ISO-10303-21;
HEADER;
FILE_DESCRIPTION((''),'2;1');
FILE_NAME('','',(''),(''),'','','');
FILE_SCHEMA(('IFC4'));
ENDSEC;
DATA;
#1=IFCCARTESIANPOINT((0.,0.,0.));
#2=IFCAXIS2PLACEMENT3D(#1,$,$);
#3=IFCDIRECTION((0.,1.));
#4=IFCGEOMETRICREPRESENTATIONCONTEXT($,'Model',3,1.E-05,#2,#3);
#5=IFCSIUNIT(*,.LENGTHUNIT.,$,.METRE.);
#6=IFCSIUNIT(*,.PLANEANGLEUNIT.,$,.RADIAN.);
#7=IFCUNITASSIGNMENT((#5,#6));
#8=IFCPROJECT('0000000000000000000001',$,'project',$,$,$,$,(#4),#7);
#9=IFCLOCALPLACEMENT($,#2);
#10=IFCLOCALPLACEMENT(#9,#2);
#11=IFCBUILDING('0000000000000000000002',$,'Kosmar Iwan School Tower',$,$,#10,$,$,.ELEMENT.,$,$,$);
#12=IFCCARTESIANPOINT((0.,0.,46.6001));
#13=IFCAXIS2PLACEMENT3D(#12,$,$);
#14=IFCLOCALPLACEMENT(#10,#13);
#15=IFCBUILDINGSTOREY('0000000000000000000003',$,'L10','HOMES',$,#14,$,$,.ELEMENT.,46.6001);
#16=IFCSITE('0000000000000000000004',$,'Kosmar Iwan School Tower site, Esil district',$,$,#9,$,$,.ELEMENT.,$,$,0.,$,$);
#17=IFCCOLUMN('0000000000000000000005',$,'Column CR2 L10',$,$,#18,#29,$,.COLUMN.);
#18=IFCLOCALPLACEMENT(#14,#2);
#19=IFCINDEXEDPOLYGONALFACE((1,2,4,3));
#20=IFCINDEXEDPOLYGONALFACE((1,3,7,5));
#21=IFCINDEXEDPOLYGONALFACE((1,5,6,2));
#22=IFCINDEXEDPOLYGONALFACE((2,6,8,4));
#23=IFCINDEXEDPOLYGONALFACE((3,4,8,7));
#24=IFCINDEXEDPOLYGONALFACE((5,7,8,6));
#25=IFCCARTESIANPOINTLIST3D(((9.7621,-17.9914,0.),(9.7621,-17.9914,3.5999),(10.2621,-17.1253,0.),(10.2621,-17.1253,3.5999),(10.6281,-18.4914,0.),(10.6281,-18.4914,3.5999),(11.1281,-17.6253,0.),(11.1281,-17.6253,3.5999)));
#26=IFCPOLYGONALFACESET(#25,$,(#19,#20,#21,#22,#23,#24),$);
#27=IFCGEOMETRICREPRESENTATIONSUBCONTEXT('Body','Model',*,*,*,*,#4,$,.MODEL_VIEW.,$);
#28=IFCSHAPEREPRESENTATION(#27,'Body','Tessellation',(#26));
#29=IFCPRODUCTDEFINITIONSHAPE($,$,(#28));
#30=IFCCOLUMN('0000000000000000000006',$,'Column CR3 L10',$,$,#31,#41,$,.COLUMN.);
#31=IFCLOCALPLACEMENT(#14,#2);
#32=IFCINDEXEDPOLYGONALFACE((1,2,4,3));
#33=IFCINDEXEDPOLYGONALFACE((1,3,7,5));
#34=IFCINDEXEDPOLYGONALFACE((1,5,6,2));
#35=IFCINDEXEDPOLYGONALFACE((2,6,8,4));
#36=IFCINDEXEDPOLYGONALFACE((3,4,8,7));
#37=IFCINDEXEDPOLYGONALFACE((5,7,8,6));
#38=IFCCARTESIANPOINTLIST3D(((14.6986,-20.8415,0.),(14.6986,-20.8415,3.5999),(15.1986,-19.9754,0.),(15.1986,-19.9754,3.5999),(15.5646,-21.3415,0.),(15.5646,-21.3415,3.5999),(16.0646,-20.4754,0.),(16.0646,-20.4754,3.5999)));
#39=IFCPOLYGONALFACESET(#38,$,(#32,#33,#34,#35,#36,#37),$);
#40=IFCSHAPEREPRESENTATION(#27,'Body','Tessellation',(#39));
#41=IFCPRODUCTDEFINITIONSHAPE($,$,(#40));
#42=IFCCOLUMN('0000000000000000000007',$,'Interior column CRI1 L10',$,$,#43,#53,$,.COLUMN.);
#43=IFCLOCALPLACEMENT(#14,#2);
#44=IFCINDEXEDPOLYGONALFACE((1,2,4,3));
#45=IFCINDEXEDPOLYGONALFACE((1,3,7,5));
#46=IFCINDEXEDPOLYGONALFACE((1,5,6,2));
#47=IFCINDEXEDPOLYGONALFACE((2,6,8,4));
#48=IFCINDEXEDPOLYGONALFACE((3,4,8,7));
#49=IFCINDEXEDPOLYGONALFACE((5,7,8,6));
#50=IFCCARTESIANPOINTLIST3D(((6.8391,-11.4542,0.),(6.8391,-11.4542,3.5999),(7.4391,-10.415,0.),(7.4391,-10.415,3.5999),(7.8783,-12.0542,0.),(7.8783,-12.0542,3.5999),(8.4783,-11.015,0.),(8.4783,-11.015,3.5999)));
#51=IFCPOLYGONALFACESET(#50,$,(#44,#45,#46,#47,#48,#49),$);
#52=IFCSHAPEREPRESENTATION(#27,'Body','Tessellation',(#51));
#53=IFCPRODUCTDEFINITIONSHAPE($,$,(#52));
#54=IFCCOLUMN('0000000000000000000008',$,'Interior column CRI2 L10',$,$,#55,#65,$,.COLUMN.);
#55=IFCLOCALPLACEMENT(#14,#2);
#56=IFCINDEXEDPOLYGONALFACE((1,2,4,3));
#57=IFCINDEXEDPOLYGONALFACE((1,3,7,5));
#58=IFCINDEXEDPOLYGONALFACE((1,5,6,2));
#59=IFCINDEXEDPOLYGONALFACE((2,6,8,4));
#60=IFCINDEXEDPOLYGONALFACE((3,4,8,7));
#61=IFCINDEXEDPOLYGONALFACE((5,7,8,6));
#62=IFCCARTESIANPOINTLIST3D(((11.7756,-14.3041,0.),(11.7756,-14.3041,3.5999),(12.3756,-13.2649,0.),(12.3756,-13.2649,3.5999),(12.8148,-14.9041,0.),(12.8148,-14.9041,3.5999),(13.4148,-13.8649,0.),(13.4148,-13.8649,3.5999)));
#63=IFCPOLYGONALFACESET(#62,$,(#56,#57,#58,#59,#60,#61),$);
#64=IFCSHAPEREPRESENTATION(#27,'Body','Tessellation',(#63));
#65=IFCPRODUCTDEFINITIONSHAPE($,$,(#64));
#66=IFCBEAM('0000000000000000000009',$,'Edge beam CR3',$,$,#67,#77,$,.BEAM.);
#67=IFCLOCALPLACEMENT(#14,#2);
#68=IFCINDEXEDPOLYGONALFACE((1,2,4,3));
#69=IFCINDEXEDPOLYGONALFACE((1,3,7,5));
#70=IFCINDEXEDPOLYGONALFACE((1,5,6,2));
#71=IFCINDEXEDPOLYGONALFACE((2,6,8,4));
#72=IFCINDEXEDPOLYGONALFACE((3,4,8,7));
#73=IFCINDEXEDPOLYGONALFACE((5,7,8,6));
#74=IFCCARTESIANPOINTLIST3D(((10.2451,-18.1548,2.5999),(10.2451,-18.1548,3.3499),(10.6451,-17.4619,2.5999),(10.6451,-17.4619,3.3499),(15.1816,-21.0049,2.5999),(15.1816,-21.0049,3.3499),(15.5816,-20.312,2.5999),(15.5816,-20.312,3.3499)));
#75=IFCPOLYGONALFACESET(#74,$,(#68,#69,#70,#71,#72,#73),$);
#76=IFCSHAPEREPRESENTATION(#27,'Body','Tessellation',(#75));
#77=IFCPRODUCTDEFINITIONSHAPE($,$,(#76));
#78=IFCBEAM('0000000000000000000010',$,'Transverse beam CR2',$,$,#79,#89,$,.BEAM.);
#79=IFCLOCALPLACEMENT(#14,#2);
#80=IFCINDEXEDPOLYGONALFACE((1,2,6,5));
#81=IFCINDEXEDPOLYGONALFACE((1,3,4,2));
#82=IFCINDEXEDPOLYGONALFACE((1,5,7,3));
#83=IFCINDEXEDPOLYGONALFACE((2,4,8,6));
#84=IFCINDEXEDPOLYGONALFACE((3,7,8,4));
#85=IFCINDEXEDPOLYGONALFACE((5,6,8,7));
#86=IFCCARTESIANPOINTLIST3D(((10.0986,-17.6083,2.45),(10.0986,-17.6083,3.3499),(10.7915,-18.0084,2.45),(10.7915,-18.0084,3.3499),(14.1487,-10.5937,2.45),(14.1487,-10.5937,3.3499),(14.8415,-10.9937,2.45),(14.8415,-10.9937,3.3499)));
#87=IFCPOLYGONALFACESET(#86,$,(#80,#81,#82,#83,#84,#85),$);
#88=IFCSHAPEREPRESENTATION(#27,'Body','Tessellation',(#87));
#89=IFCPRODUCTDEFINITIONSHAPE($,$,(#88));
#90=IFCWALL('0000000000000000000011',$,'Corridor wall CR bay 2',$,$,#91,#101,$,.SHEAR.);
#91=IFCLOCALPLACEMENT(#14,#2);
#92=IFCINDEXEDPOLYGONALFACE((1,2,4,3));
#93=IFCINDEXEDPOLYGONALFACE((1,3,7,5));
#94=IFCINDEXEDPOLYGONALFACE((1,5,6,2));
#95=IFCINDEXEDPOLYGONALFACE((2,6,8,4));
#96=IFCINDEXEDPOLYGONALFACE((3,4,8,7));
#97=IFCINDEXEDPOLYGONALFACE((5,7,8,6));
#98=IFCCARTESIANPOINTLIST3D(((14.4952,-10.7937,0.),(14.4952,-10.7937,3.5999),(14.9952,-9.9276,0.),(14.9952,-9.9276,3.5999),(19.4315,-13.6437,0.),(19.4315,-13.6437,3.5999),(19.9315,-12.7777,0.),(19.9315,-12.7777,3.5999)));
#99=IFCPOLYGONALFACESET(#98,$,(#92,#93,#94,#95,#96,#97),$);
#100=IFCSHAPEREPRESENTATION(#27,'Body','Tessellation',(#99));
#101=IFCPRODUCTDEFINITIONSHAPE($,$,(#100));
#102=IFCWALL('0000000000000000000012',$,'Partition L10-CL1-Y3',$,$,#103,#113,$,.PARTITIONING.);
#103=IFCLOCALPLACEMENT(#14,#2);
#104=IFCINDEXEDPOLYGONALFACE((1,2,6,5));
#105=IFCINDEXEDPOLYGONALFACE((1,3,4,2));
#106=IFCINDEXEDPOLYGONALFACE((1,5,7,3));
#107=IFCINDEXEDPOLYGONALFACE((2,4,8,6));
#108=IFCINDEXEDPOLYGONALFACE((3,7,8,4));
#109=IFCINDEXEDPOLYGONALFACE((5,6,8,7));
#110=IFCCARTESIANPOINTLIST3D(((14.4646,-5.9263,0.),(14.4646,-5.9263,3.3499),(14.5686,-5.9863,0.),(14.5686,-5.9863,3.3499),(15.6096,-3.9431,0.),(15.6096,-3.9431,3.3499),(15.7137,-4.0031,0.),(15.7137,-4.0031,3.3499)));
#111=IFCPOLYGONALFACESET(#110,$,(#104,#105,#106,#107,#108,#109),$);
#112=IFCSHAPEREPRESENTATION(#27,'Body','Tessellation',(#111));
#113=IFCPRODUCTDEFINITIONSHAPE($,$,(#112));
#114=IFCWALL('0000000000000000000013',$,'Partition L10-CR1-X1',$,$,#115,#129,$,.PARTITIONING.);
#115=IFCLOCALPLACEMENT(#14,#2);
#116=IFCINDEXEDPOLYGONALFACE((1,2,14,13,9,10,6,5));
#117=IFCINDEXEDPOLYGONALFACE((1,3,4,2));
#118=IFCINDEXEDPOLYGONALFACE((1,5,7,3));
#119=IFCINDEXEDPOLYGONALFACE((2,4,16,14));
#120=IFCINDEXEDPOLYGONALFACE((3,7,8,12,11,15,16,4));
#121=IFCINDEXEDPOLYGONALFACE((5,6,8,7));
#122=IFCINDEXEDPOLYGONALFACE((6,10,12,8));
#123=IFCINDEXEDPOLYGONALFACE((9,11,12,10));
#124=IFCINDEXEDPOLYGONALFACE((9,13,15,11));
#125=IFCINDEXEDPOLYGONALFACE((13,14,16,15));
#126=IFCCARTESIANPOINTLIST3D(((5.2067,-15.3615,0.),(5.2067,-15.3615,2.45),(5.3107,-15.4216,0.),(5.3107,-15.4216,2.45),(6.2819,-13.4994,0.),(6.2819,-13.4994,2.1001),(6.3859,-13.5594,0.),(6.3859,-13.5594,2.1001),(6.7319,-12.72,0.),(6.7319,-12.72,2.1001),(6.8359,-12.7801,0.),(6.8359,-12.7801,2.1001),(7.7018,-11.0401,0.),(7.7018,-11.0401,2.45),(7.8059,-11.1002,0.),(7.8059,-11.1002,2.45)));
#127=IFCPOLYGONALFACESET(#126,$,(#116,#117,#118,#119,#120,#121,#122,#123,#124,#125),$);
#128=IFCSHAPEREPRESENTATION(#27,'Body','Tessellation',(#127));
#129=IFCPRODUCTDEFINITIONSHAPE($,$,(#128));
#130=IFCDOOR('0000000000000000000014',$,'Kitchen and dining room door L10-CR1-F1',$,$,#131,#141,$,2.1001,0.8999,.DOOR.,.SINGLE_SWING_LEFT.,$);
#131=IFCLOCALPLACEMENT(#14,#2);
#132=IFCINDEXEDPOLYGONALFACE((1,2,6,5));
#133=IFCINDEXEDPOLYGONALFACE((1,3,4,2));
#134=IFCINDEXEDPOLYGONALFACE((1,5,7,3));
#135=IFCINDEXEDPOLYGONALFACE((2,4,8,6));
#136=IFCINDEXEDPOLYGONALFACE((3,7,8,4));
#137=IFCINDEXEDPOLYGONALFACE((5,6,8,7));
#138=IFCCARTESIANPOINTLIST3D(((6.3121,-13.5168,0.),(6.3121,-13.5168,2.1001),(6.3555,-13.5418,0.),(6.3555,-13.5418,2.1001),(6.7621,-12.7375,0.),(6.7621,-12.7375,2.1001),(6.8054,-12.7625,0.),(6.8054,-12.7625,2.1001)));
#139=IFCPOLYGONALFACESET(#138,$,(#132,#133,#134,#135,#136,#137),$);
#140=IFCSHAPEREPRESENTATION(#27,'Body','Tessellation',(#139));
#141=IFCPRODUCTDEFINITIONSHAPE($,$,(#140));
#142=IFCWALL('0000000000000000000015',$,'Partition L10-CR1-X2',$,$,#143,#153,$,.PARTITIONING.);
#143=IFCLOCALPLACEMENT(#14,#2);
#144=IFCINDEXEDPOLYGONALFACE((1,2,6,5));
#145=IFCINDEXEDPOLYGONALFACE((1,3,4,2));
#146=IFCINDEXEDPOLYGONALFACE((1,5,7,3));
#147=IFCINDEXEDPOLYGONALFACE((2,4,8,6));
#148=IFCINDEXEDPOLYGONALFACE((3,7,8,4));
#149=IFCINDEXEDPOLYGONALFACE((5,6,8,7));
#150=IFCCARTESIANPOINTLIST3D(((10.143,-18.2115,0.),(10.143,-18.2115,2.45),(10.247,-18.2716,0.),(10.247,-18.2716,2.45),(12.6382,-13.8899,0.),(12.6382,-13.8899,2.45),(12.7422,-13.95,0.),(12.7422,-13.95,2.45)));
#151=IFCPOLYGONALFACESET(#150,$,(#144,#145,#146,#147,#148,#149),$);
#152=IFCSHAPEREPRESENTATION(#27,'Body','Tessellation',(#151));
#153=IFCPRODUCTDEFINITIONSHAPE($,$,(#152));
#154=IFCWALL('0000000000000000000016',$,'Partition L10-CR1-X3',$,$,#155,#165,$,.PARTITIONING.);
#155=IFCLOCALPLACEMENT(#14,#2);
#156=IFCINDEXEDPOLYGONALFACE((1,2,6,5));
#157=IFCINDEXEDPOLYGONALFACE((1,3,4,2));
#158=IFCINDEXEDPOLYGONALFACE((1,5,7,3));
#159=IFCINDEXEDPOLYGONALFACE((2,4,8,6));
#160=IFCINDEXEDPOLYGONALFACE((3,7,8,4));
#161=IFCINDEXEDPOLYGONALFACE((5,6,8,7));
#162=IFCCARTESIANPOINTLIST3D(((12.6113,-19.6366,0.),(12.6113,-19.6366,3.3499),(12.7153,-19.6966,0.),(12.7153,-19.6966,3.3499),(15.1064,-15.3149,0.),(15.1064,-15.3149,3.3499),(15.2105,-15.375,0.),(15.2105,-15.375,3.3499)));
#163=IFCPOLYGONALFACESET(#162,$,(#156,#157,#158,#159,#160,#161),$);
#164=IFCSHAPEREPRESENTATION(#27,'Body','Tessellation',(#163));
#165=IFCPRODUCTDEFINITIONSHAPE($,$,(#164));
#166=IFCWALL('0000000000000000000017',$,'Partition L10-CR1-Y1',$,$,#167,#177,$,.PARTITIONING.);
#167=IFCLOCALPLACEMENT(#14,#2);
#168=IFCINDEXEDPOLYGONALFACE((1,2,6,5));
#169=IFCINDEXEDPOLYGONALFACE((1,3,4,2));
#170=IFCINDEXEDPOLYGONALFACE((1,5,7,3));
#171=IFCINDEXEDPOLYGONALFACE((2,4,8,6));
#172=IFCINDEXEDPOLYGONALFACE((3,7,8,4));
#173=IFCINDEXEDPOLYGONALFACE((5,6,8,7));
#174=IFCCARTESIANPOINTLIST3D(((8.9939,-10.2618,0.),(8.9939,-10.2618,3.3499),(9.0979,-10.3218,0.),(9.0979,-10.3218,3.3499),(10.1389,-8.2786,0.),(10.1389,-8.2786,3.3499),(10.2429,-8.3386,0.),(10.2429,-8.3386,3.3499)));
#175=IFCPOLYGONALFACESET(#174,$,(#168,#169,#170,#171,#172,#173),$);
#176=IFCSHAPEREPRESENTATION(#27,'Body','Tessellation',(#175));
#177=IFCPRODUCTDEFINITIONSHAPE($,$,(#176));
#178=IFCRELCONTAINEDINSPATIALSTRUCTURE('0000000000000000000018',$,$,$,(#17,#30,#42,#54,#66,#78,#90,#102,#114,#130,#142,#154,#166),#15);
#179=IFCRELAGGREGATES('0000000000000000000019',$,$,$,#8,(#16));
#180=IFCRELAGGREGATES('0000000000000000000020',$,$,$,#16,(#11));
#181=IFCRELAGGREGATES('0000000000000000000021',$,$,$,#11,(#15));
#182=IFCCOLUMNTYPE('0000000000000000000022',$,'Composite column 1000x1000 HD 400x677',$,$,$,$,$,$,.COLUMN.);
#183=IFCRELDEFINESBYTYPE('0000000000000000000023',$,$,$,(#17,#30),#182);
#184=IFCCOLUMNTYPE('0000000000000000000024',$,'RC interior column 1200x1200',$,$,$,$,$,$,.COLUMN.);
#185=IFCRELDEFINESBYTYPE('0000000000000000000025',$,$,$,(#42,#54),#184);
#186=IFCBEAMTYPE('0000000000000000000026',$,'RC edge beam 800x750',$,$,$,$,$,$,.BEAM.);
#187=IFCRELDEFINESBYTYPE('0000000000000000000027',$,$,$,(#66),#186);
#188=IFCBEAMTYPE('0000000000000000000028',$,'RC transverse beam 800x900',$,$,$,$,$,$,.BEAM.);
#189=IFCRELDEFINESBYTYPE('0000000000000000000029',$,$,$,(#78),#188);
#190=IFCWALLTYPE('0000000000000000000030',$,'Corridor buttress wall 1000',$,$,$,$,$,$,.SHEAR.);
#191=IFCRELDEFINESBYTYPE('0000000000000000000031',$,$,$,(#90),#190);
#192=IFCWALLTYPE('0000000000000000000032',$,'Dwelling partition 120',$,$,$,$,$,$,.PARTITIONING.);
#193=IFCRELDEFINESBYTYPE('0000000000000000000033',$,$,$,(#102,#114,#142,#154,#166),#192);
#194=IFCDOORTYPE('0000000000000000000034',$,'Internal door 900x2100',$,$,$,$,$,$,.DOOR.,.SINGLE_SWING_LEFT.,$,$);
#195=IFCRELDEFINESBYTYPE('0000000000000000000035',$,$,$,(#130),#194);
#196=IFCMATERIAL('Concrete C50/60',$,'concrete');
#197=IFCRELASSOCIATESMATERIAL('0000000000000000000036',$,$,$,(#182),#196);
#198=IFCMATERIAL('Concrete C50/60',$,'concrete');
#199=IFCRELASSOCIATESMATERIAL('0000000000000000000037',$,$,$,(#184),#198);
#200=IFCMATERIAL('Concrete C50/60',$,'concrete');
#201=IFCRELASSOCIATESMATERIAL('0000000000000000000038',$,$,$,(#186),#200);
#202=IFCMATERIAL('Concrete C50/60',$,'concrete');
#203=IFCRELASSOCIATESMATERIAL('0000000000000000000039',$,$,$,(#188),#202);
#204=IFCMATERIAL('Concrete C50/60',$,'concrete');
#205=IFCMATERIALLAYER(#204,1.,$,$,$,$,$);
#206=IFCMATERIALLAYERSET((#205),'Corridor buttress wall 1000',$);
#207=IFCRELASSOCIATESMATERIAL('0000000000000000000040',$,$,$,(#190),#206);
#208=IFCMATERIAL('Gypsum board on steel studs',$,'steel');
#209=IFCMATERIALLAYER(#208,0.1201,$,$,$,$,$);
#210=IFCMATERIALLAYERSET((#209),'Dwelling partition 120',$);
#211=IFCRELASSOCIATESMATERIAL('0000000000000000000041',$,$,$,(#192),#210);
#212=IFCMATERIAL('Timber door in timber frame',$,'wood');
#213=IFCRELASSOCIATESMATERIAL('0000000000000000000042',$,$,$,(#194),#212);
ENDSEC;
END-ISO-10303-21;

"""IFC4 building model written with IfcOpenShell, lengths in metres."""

from ifc_helpers import new_model, si_unit, direction, frame, frame_2d, origin, origin_2d, place, context, subcontext, project, spatial, rectangle, extrude, material, layer, layer_set, material_profile, profile_set, type_object, element, fill, save


model = new_model("IFC4")

# Units and contexts
model_context = context("Model", 3, precision=1e-05, world=origin(), true_north=direction((0.0, 1.0)))
body_context = subcontext(model_context, "Body", "Model", "MODEL_VIEW")
ifc_project = project(units=[si_unit("LENGTHUNIT", "METRE"), si_unit("PLANEANGLEUNIT", "RADIAN")], contexts=[model_context])

# Site, building, storey
site_placement = place(None, origin())
site = spatial("IfcSite", under=ifc_project, at=site_placement, Name="Kosmar Iwan School Tower site, Esil district", CompositionType="ELEMENT", RefElevation=0.0)
building_placement = place(site_placement, origin())
building = spatial("IfcBuilding", under=site, at=building_placement, Name="Kosmar Iwan School Tower", CompositionType="ELEMENT")
storey_placement = place(building_placement, frame((0.0, 0.0, 46.6001)))
storey = spatial("IfcBuildingStorey", under=building, at=storey_placement, Name="L10", Description="HOMES", CompositionType="ELEMENT", Elevation=46.6001)

# Columns
ifc_material_1 = material(Name="Concrete C50/60", Category="concrete")
ifc_material_profile_1 = material_profile(ifc_material_1, rectangle(XDim=1.0, YDim=1.0, at=origin_2d()), Name="RC 1000x1000 + HD 400x677")
ifc_profile_set_1 = profile_set([ifc_material_profile_1], Name="Concrete C50/60")
column_type_1 = type_object("IfcColumnType", Name="Composite column 1000x1000 HD 400x677", PredefinedType="COLUMN", material=ifc_profile_set_1)
for number, where, z_axis, x_axis, name in (
    (1, (10.4451, -17.8083, 0.0), (0.0, 0.0, 1.0), (0.866025, -0.5, 0.0), "Column CR2 L10"),
    (2, (15.3816, -20.6584, 0.0), (0.0, 0.0, 1.0), (0.866025, -0.5, 0.0), "Column CR3 L10"),
):
    element("IfcColumn", number, at=place(storey_placement, frame(where, z_axis=z_axis, x_axis=x_axis)), inside=storey, type_object=column_type_1, Name=name, PredefinedType="COLUMN", context=body_context, shape_type="SweptSolid", body=[
        extrude(rectangle(XDim=1.0, YDim=1.0, at=origin_2d()), origin(), (0.0, 0.0, 1.0), 3.5999),
    ])
ifc_material_2 = material(Name="Concrete C50/60", Category="concrete")
ifc_material_profile_2 = material_profile(ifc_material_2, rectangle(XDim=1.2, YDim=1.2, at=origin_2d()), Name="RC 1200x1200")
ifc_profile_set_2 = profile_set([ifc_material_profile_2], Name="Concrete C50/60")
column_type_2 = type_object("IfcColumnType", Name="RC interior column 1200x1200", PredefinedType="COLUMN", material=ifc_profile_set_2)
for number, where, z_axis, x_axis, name in (
    (3, (7.6587, -11.2346, 0.0), (0.0, 0.0, 1.0), (0.866025, -0.5, 0.0), "Interior column CRI1 L10"),
    (4, (12.5952, -14.0845, 0.0), (0.0, 0.0, 1.0), (0.866025, -0.5, 0.0), "Interior column CRI2 L10"),
):
    element("IfcColumn", number, at=place(storey_placement, frame(where, z_axis=z_axis, x_axis=x_axis)), inside=storey, type_object=column_type_2, Name=name, PredefinedType="COLUMN", context=body_context, shape_type="SweptSolid", body=[
        extrude(rectangle(XDim=1.2, YDim=1.2, at=origin_2d()), origin(), (0.0, 0.0, 1.0), 3.5999),
    ])

# Beams
ifc_material_3 = material(Name="Concrete C50/60", Category="concrete")
ifc_material_profile_3 = material_profile(ifc_material_3, rectangle(XDim=0.8, YDim=0.75, at=origin_2d()), Name="RC 800x750")
ifc_profile_set_3 = profile_set([ifc_material_profile_3], Name="Concrete C50/60")
beam_type_1 = type_object("IfcBeamType", Name="RC edge beam 800x750", PredefinedType="BEAM", material=ifc_profile_set_3)
beam_1_placement = place(storey_placement, frame((10.4451, -17.8083, 2.9749), z_axis=(0.866026, -0.499999, 0.0), x_axis=(0.499999, 0.866026, 0.0)))
element("IfcBeam", 5, at=beam_1_placement, inside=storey, type_object=beam_type_1, Name="Edge beam CR3", PredefinedType="BEAM", context=body_context, shape_type="SweptSolid", body=[
    extrude(rectangle(XDim=0.8, YDim=0.75, at=origin_2d()), origin(), (0.0, 0.0, 1.0), 5.7002),
])
ifc_material_4 = material(Name="Concrete C50/60", Category="concrete")
ifc_material_profile_4 = material_profile(ifc_material_4, rectangle(XDim=0.8, YDim=0.8999, at=origin_2d()), Name="RC 800x900")
ifc_profile_set_4 = profile_set([ifc_material_profile_4], Name="Concrete C50/60")
beam_type_2 = type_object("IfcBeamType", Name="RC transverse beam 800x900", PredefinedType="BEAM", material=ifc_profile_set_4)
beam_2_placement = place(storey_placement, frame((10.4451, -17.8083, 2.8999), z_axis=(0.500013, 0.866018, 0.0), x_axis=(-0.866018, 0.500013, 0.0)))
element("IfcBeam", 6, at=beam_2_placement, inside=storey, type_object=beam_type_2, Name="Transverse beam CR2", PredefinedType="BEAM", context=body_context, shape_type="SweptSolid", body=[
    extrude(rectangle(XDim=0.8, YDim=0.8999, at=origin_2d()), origin(), (0.0, 0.0, 1.0), 8.0999),
])

# Walls
ifc_material_5 = material(Name="Concrete C50/60", Category="concrete")
ifc_layer_1 = layer(ifc_material_5, 1.0)
ifc_layer_set_1 = layer_set([ifc_layer_1], Name="Corridor buttress wall 1000")
wall_type_1 = type_object("IfcWallType", Name="Corridor buttress wall 1000", PredefinedType="SHEAR", material=ifc_layer_set_1)
wall_1_placement = place(storey_placement, frame((14.7451, -10.3606, 0.0), z_axis=(0.0, 0.0, 1.0), x_axis=(0.866015, -0.500018, 0.0)))
element("IfcWall", 7, at=wall_1_placement, inside=storey, type_object=wall_type_1, Name="Corridor wall CR bay 2", PredefinedType="SHEAR", context=body_context, shape_type="SweptSolid", body=[
    extrude(rectangle(XDim=5.7, YDim=1.0, at=frame_2d((2.8501, 0.0))), origin(), (0.0, 0.0, 1.0), 3.5999),
])
ifc_material_6 = material(Name="Gypsum board on steel studs", Category="steel")
ifc_layer_2 = layer(ifc_material_6, 0.1201)
ifc_layer_set_2 = layer_set([ifc_layer_2], Name="Dwelling partition 120")
wall_type_2 = type_object("IfcWallType", Name="Dwelling partition 120", PredefinedType="PARTITIONING", material=ifc_layer_set_2)
wall_2_placement = place(storey_placement, frame((14.5166, -5.9563, 0.0), z_axis=(0.0, 0.0, 1.0), x_axis=(0.500015, 0.866017, 0.0)))
element("IfcWall", 8, at=wall_2_placement, inside=storey, type_object=wall_type_2, Name="Partition L10-CL1-Y3", PredefinedType="PARTITIONING", context=body_context, shape_type="SweptSolid", body=[
    extrude(rectangle(XDim=2.29, YDim=0.1201, at=frame_2d((1.145, 0.0))), origin(), (0.0, 0.0, 1.0), 3.3499),
])

# Wall, opening, door
wall_3_placement = place(storey_placement, frame((7.7539, -11.0701, 0.0), z_axis=(0.0, 0.0, 1.0), x_axis=(-0.500033, -0.866006, 0.0)))
wall_3 = element("IfcWall", 9, at=wall_3_placement, inside=storey, type_object=wall_type_2, Name="Partition L10-CR1-X1", PredefinedType="PARTITIONING", context=body_context, shape_type="SweptSolid", body=[
    extrude(rectangle(XDim=4.99, YDim=0.1201, at=frame_2d((2.4951, 0.0))), origin(), (0.0, 0.0, 1.0), 2.45),
])
opening_placement = place(wall_3_placement, frame((1.9399, 0.0, 0.0)))
opening = element("IfcOpeningElement", 10, at=opening_placement, cuts=wall_3, PredefinedType="OPENING", context=body_context, shape_type="SweptSolid", body=[
    extrude(rectangle(XDim=0.8999, YDim=2.1001, at=frame_2d((0.45, 1.05))), frame((0.0, 0.072, 0.0), z_axis=(0.0, -1.0, 0.0), x_axis=(1.0, 0.0, 0.0)), (0.0, 0.0, 1.0), 0.144),
])
ifc_material_7 = material(Name="Timber door in timber frame", Category="wood")
door_type = type_object("IfcDoorType", Name="Internal door 900x2100", OperationType="SINGLE_SWING_LEFT", PredefinedType="DOOR", material=ifc_material_7)
door_placement = place(opening_placement, origin())
door = element("IfcDoor", 11, at=door_placement, inside=storey, type_object=door_type, Name="Kitchen and dining room door L10-CR1-F1", OperationType="SINGLE_SWING_LEFT", OverallHeight=2.1001, OverallWidth=0.8999, PredefinedType="DOOR", context=body_context, shape_type="SweptSolid", body=[
    extrude(rectangle(XDim=0.8999, YDim=2.1001, at=frame_2d((0.45, 1.05))), frame((0.0, 0.0249, 0.0), z_axis=(0.0, -1.0, 0.0), x_axis=(1.0, 0.0, 0.0)), (0.0, 0.0, 1.0), 0.05),
])
fill(opening, door)

# Walls
wall_4_placement = place(storey_placement, frame((12.6902, -13.9199, 0.0), z_axis=(0.0, 0.0, 1.0), x_axis=(-0.500012, -0.866019, 0.0)))
element("IfcWall", 12, at=wall_4_placement, inside=storey, type_object=wall_type_2, Name="Partition L10-CR1-X2", PredefinedType="PARTITIONING", context=body_context, shape_type="SweptSolid", body=[
    extrude(rectangle(XDim=4.9902, YDim=0.1201, at=frame_2d((2.4951, 0.0))), origin(), (0.0, 0.0, 1.0), 2.45),
])
wall_5_placement = place(storey_placement, frame((15.1584, -15.345, 0.0), z_axis=(0.0, 0.0, 1.0), x_axis=(-0.500012, -0.866019, 0.0)))
element("IfcWall", 13, at=wall_5_placement, inside=storey, type_object=wall_type_2, Name="Partition L10-CR1-X3", PredefinedType="PARTITIONING", context=body_context, shape_type="SweptSolid", body=[
    extrude(rectangle(XDim=4.9902, YDim=0.1201, at=frame_2d((2.4951, 0.0))), origin(), (0.0, 0.0, 1.0), 3.3499),
])
for number, where, z_axis, x_axis, name in (
    (14, (10.1909, -8.3086, 0.0), (0.0, 0.0, 1.0), (-0.500015, -0.866017, 0.0), "Partition L10-CR1-Y1"),
):
    element("IfcWall", number, at=place(storey_placement, frame(where, z_axis=z_axis, x_axis=x_axis)), inside=storey, type_object=wall_type_2, Name=name, PredefinedType="PARTITIONING", context=body_context, shape_type="SweptSolid", body=[
        extrude(rectangle(XDim=2.29, YDim=0.1201, at=frame_2d((1.145, 0.0))), origin(), (0.0, 0.0, 1.0), 3.3499),
    ])

save(model, "model.ifc")
